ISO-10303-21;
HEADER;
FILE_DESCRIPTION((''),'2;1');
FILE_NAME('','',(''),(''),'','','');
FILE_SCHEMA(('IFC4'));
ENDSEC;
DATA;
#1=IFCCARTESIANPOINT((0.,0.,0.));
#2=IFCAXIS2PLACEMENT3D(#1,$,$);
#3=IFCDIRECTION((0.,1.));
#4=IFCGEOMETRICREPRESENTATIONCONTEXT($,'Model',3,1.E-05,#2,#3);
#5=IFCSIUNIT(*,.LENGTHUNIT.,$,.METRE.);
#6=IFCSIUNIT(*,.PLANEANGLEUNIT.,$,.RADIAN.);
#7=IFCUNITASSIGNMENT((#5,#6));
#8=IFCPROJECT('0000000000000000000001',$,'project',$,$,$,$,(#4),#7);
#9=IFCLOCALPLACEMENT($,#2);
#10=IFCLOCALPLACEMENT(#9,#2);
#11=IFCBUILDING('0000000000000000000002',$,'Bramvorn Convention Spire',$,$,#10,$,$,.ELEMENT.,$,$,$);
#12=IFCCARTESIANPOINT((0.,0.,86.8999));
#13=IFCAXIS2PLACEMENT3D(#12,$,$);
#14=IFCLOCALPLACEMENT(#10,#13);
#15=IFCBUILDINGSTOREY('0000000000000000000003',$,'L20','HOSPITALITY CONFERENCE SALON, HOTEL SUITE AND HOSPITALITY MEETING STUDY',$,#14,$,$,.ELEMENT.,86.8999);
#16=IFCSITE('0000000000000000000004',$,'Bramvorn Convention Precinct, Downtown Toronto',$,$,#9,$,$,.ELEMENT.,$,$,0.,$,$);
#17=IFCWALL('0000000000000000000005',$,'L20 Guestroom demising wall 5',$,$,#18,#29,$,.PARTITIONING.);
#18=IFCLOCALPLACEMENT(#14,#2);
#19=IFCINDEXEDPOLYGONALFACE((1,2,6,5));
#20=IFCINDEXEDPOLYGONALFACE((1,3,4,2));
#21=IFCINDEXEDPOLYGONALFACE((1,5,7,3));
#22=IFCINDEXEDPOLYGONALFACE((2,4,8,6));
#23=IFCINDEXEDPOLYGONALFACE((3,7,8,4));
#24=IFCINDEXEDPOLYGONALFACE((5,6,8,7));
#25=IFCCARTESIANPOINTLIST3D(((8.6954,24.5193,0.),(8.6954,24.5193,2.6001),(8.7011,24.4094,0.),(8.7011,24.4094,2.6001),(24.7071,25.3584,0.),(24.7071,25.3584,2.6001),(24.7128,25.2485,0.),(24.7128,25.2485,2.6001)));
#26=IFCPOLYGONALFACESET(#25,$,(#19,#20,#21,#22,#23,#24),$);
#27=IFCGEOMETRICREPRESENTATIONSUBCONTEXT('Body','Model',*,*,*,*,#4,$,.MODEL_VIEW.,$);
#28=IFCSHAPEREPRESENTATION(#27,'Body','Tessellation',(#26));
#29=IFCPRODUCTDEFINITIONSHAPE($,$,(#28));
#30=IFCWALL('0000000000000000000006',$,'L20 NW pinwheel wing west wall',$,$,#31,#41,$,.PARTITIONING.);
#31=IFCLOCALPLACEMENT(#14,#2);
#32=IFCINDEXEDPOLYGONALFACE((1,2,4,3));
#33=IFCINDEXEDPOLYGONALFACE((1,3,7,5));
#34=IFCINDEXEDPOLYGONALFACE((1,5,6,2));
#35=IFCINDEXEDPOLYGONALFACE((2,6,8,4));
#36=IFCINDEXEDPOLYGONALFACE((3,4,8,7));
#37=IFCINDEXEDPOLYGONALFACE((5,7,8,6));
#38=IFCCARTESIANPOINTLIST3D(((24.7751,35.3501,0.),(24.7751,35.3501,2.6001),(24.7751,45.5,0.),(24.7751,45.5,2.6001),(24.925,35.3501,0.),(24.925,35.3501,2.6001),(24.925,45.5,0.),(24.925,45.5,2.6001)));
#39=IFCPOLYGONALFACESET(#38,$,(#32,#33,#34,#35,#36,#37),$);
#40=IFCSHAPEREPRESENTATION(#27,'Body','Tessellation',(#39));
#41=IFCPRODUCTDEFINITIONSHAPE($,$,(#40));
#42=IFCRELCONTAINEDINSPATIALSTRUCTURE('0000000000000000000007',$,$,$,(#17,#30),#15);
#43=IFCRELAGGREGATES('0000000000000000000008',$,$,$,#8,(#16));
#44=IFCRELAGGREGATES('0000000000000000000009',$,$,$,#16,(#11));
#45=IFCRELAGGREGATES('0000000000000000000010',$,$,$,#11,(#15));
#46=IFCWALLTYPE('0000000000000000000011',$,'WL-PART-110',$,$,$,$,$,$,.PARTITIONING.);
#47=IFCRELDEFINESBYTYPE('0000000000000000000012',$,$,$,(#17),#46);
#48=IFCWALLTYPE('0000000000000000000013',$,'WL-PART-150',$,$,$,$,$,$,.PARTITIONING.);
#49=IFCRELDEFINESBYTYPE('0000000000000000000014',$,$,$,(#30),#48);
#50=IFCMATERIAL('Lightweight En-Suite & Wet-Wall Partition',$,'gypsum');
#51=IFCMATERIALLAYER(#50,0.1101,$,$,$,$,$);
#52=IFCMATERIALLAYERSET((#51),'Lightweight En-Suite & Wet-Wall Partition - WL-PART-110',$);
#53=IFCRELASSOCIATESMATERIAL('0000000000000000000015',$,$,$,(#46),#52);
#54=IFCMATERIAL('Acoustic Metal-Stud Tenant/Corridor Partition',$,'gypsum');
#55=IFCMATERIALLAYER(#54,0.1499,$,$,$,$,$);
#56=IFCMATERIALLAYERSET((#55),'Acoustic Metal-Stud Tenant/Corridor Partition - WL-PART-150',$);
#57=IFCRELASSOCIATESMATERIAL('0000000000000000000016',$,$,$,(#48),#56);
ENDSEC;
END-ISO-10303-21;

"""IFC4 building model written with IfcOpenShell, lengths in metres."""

from ifc_helpers import new_model, si_unit, direction, frame, frame_2d, origin, place, context, subcontext, project, spatial, rectangle, extrude, material, layer, layer_set, type_object, element, save


model = new_model("IFC4")

# Units and contexts
model_context = context("Model", 3, precision=1e-05, world=origin(), true_north=direction((0.0, 1.0)))
body_context = subcontext(model_context, "Body", "Model", "MODEL_VIEW")
ifc_project = project(units=[si_unit("LENGTHUNIT", "METRE"), si_unit("PLANEANGLEUNIT", "RADIAN")], contexts=[model_context])

# Site, building, storey
site_placement = place(None, origin())
site = spatial("IfcSite", under=ifc_project, at=site_placement, Name="Bramvorn Convention Precinct, Downtown Toronto", CompositionType="ELEMENT", RefElevation=0.0)
building_placement = place(site_placement, origin())
building = spatial("IfcBuilding", under=site, at=building_placement, Name="Bramvorn Convention Spire", CompositionType="ELEMENT")
storey_placement = place(building_placement, frame((0.0, 0.0, 86.8999)))
storey = spatial("IfcBuildingStorey", under=building, at=storey_placement, Name="L20", Description="HOSPITALITY CONFERENCE SALON, HOTEL SUITE AND HOSPITALITY MEETING STUDY", CompositionType="ELEMENT", Elevation=86.8999)

# Walls
ifc_material_1 = material(Name="Lightweight En-Suite & Wet-Wall Partition", Category="gypsum")
ifc_layer_1 = layer(ifc_material_1, 0.1101)
ifc_layer_set_1 = layer_set([ifc_layer_1], Name="Lightweight En-Suite & Wet-Wall Partition - WL-PART-110")
wall_type_1 = type_object("IfcWallType", Name="WL-PART-110", PredefinedType="PARTITIONING", material=ifc_layer_set_1)
wall_1_placement = place(storey_placement, frame((24.71, 25.3035, 0.0), z_axis=(0.0, 0.0, 1.0), x_axis=(-0.99863, -0.052334, 0.0)))
element("IfcWall", 1, at=wall_1_placement, inside=storey, type_object=wall_type_1, Name="L20 Guestroom demising wall 5", PredefinedType="PARTITIONING", context=body_context, shape_type="SweptSolid", body=[
    extrude(rectangle(XDim=16.0337, YDim=0.1101, at=frame_2d((8.0168, 0.0))), origin(), (0.0, 0.0, 1.0), 2.6001),
])
ifc_material_2 = material(Name="Acoustic Metal-Stud Tenant/Corridor Partition", Category="gypsum")
ifc_layer_2 = layer(ifc_material_2, 0.1499)
ifc_layer_set_2 = layer_set([ifc_layer_2], Name="Acoustic Metal-Stud Tenant/Corridor Partition - WL-PART-150")
wall_type_2 = type_object("IfcWallType", Name="WL-PART-150", PredefinedType="PARTITIONING", material=ifc_layer_set_2)
wall_2_placement = place(storey_placement, frame((24.8501, 35.3501, 0.0), z_axis=(0.0, 0.0, 1.0), x_axis=(0.0, 1.0, 0.0)))
element("IfcWall", 2, at=wall_2_placement, inside=storey, type_object=wall_type_2, Name="L20 NW pinwheel wing west wall", PredefinedType="PARTITIONING", context=body_context, shape_type="SweptSolid", body=[
    extrude(rectangle(XDim=10.1499, YDim=0.1499, at=frame_2d((5.075, 0.0))), origin(), (0.0, 0.0, 1.0), 2.6001),
])

save(model, "model.ifc")
